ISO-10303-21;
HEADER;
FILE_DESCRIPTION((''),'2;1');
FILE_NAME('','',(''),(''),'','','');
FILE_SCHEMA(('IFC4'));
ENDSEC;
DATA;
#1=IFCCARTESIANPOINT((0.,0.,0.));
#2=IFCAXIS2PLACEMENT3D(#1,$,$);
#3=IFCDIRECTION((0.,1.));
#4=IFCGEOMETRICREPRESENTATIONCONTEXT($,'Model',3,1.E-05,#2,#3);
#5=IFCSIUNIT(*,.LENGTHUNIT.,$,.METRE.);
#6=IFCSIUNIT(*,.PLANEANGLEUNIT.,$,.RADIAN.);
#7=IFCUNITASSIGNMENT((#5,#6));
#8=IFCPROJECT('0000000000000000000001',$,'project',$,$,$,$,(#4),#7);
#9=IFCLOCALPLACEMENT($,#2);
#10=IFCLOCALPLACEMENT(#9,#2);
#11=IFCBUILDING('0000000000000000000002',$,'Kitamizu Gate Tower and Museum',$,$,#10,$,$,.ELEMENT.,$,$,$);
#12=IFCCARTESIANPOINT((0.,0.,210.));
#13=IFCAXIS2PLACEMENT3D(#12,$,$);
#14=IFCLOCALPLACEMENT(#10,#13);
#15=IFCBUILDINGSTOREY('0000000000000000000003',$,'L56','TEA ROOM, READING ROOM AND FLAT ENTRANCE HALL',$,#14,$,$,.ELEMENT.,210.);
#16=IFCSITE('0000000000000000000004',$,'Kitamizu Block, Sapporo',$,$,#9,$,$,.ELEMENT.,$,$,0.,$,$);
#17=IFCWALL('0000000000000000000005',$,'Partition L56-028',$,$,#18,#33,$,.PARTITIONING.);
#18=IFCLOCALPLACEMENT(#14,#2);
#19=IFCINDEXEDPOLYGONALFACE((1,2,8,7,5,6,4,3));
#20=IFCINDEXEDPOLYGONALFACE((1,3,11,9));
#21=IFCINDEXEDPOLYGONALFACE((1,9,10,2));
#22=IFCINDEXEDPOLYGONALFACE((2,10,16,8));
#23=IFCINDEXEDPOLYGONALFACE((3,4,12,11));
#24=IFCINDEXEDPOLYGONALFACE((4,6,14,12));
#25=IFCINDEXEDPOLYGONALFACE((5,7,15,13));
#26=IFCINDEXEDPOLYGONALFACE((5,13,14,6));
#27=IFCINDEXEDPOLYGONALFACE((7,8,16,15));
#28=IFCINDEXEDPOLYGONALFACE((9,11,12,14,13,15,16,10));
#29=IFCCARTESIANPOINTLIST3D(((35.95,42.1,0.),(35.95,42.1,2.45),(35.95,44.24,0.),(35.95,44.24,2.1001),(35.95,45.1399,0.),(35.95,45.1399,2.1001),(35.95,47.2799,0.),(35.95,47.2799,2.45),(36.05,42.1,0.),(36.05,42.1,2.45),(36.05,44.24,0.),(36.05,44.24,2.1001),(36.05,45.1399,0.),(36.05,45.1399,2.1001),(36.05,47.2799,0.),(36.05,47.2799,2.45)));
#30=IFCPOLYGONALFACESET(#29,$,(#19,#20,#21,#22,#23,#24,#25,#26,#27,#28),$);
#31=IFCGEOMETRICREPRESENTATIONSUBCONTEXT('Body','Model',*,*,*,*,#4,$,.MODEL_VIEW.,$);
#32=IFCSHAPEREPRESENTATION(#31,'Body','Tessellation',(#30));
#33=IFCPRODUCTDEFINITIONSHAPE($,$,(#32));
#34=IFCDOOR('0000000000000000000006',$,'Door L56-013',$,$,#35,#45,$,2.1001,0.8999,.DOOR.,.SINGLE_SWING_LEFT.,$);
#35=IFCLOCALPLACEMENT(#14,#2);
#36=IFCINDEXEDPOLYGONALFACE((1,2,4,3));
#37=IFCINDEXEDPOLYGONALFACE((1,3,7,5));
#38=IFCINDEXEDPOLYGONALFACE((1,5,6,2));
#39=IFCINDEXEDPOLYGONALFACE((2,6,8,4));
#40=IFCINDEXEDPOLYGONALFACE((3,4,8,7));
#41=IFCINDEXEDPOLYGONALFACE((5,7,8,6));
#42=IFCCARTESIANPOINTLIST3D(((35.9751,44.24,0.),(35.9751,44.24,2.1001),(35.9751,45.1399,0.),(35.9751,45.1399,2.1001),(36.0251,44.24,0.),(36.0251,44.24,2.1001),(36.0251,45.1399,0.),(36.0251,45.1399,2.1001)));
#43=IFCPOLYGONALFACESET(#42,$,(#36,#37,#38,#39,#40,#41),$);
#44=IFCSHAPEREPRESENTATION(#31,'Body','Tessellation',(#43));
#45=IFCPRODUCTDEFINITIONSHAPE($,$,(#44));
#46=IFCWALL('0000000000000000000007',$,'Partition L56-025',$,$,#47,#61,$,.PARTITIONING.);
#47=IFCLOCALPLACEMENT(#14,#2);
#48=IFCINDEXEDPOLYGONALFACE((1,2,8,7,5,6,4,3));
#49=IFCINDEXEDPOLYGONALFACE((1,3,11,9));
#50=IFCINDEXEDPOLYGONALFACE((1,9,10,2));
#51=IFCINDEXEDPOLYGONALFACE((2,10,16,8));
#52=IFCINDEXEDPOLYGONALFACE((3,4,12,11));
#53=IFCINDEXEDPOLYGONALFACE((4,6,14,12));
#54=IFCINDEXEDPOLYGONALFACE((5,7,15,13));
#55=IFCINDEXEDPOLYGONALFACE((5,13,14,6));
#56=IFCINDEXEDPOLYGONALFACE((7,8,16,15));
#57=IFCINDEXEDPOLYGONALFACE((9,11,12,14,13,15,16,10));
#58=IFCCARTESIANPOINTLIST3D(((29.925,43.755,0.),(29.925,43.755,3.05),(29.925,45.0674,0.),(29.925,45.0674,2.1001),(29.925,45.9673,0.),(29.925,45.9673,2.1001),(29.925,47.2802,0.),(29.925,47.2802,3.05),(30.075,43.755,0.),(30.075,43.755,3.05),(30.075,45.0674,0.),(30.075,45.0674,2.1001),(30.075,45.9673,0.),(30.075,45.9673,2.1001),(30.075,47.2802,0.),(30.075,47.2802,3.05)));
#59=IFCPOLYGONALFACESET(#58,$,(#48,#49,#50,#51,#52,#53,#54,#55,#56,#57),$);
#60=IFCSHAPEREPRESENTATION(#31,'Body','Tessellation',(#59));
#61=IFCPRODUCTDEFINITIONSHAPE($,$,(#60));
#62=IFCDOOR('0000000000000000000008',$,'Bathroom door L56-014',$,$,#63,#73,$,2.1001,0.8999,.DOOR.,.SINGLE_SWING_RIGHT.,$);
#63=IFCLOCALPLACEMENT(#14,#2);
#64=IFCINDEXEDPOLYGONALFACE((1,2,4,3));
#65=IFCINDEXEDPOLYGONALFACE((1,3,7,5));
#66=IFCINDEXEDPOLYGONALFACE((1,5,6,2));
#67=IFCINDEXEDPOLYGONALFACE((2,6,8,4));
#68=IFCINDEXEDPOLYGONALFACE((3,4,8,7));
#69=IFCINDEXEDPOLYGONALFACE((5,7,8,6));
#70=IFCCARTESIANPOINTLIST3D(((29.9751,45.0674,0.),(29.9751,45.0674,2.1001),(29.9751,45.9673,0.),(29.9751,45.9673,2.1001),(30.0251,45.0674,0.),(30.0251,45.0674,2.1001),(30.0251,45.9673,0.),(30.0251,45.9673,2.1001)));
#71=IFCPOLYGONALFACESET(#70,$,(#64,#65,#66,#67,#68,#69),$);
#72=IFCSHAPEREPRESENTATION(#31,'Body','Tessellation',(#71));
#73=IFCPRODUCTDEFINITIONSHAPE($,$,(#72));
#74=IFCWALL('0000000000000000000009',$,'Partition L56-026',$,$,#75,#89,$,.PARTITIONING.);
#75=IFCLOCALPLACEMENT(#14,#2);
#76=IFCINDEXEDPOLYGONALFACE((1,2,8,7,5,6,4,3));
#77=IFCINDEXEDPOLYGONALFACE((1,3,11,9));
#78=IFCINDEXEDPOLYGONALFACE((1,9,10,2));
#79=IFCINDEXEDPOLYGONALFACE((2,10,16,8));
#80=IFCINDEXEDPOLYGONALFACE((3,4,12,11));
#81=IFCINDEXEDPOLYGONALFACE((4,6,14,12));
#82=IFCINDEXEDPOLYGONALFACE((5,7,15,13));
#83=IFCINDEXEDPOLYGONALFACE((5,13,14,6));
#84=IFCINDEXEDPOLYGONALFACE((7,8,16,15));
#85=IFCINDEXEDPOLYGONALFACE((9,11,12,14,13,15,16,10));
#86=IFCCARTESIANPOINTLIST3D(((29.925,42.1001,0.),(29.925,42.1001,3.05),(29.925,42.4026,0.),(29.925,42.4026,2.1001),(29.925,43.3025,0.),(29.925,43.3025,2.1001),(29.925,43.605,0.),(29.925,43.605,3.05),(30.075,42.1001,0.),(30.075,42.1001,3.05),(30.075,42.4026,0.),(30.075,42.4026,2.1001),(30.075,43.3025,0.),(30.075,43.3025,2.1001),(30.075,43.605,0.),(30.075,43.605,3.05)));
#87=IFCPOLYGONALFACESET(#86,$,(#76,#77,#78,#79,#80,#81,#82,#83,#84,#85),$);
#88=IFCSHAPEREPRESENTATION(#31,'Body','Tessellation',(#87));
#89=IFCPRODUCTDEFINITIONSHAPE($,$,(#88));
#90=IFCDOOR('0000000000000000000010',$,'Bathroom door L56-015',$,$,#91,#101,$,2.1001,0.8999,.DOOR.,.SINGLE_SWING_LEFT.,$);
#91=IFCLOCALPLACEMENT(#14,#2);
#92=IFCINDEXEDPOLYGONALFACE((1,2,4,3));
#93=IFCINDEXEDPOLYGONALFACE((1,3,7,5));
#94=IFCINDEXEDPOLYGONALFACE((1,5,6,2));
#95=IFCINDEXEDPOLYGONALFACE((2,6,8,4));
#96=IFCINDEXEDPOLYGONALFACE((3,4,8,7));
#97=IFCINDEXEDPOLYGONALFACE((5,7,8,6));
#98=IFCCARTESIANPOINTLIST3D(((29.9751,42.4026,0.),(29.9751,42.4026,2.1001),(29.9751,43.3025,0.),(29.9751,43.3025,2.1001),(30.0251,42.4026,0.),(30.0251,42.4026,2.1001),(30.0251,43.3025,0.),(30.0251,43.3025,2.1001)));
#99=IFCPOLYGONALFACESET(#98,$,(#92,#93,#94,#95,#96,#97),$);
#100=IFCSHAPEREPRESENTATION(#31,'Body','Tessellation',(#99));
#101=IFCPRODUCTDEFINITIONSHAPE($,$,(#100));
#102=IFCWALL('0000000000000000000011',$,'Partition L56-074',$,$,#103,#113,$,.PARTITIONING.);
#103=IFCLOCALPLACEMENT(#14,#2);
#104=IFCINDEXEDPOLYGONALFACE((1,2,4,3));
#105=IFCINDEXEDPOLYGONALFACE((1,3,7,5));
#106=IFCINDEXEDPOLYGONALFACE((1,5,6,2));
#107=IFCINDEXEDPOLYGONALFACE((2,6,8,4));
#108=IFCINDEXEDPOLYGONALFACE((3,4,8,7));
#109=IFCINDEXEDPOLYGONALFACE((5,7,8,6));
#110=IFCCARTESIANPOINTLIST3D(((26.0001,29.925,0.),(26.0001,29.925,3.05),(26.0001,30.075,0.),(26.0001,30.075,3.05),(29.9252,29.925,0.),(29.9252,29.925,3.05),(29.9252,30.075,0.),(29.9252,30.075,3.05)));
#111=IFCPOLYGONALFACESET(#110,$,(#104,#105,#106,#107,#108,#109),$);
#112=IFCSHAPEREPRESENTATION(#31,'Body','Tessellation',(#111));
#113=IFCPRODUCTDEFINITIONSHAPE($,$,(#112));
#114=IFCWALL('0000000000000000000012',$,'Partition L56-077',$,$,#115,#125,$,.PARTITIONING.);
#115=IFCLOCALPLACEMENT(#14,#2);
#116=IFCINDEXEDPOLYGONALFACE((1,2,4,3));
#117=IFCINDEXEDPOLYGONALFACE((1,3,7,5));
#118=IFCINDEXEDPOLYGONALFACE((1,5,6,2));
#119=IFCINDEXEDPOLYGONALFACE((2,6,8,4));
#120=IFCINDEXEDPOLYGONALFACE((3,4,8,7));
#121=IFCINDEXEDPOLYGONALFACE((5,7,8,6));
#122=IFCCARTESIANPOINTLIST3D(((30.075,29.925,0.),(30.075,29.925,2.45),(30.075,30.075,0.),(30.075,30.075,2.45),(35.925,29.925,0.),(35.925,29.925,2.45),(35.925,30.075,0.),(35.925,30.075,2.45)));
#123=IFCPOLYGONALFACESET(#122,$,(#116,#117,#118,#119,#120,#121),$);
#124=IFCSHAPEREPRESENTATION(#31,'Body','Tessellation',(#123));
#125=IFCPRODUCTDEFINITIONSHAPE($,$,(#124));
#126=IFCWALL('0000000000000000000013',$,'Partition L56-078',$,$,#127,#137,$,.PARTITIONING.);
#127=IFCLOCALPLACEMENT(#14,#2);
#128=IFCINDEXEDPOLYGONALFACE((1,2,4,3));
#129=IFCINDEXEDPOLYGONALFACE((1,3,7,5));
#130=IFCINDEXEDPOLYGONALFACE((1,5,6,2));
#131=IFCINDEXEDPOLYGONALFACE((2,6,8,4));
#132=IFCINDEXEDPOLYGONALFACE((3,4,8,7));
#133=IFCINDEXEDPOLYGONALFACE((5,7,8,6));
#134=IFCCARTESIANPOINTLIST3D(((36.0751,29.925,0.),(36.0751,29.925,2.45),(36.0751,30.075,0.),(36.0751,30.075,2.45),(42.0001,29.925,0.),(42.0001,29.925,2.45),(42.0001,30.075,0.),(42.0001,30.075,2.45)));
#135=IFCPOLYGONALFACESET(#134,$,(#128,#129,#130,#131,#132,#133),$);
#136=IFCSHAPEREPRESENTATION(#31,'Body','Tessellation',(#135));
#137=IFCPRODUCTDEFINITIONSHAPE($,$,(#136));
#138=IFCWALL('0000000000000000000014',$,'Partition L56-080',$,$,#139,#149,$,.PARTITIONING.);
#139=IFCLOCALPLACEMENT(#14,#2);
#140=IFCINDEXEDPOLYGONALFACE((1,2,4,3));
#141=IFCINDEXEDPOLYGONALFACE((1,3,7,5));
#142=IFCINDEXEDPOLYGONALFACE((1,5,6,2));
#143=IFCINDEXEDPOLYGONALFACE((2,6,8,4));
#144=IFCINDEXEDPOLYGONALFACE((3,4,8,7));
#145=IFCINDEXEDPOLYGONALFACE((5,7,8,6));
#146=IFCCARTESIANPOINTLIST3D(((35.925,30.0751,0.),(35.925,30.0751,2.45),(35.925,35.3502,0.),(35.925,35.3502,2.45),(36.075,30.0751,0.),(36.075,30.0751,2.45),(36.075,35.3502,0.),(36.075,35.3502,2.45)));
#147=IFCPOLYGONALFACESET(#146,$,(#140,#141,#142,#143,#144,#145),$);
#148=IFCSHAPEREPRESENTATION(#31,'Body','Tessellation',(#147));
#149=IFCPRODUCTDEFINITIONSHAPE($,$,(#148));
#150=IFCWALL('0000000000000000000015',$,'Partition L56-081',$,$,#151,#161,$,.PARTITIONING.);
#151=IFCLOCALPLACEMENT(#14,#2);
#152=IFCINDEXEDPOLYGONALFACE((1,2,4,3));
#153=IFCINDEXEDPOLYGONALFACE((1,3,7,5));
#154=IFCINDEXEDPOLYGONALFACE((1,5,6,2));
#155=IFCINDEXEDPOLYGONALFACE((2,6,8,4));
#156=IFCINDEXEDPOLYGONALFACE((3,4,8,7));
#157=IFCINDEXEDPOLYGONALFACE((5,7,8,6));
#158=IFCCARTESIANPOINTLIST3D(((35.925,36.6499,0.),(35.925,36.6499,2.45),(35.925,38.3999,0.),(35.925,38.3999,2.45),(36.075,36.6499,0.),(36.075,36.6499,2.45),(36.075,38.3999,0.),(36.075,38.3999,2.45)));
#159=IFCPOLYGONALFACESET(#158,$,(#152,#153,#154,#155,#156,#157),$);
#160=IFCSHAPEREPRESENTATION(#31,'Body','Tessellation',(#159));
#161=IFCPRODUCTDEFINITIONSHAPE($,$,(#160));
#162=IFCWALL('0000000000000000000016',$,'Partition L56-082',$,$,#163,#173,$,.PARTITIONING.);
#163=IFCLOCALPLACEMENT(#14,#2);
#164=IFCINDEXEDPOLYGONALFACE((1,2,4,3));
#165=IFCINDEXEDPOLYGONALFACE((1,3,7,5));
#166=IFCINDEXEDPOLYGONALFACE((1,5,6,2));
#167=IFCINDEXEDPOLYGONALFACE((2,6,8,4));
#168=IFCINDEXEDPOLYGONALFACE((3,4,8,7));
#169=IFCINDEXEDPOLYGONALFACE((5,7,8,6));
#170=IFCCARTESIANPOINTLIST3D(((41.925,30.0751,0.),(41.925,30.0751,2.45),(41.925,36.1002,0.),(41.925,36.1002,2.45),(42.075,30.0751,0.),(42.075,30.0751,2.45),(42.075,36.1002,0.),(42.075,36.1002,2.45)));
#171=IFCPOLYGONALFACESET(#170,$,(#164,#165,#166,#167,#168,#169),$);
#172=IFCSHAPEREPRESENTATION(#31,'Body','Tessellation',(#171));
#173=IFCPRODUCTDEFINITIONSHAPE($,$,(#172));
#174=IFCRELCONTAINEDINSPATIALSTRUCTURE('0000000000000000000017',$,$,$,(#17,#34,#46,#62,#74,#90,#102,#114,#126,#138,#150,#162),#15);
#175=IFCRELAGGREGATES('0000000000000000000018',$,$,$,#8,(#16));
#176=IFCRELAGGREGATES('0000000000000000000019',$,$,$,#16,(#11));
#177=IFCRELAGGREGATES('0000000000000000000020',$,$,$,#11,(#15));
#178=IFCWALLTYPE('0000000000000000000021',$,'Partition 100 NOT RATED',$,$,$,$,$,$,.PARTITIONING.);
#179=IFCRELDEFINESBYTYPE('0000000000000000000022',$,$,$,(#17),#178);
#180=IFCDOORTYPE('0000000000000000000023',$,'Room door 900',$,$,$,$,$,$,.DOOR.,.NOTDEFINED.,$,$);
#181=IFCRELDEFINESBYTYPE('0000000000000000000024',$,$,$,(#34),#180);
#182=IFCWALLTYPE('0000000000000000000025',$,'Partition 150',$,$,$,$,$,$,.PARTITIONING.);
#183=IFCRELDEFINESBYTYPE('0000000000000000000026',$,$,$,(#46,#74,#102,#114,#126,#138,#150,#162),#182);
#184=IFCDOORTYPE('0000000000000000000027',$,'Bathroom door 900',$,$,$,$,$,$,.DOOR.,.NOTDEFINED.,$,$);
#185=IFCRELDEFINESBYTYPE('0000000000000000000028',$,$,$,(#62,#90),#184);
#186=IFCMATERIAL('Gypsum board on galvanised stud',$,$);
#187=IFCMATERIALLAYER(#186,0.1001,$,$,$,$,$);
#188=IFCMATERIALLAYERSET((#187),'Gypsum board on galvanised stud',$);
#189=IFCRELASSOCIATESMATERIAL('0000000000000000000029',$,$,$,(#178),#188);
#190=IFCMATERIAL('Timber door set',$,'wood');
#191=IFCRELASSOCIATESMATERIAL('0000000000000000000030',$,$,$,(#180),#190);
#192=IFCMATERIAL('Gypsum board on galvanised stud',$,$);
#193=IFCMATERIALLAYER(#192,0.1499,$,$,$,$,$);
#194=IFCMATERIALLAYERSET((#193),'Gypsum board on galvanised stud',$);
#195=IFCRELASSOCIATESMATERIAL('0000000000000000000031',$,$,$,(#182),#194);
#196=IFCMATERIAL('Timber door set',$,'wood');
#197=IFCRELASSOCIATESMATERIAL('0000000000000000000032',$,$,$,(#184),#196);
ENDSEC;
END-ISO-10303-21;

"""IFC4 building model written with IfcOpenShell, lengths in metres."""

from ifc_helpers import new_model, si_unit, direction, frame, frame_2d, origin, place, context, subcontext, project, spatial, rectangle, extrude, material, layer, layer_set, type_object, element, fill, save


model = new_model("IFC4")

# Units and contexts
model_context = context("Model", 3, precision=1e-05, world=origin(), true_north=direction((0.0, 1.0)))
body_context = subcontext(model_context, "Body", "Model", "MODEL_VIEW")
ifc_project = project(units=[si_unit("LENGTHUNIT", "METRE"), si_unit("PLANEANGLEUNIT", "RADIAN")], contexts=[model_context])

# Site, building, storey
site_placement = place(None, origin())
site = spatial("IfcSite", under=ifc_project, at=site_placement, Name="Kitamizu Block, Sapporo", CompositionType="ELEMENT", RefElevation=0.0)
building_placement = place(site_placement, origin())
building = spatial("IfcBuilding", under=site, at=building_placement, Name="Kitamizu Gate Tower and Museum", CompositionType="ELEMENT")
storey_placement = place(building_placement, frame((0.0, 0.0, 210.0)))
storey = spatial("IfcBuildingStorey", under=building, at=storey_placement, Name="L56", Description="TEA ROOM, READING ROOM AND FLAT ENTRANCE HALL", CompositionType="ELEMENT", Elevation=210.0)

# Walls, openings, doors
ifc_material_1 = material(Name="Gypsum board on galvanised stud")
ifc_layer_1 = layer(ifc_material_1, 0.1001)
ifc_layer_set_1 = layer_set([ifc_layer_1], Name="Gypsum board on galvanised stud")
wall_type_1 = type_object("IfcWallType", Name="Partition 100 NOT RATED", PredefinedType="PARTITIONING", material=ifc_layer_set_1)
wall_1_placement = place(storey_placement, frame((36.0, 42.1001, 0.0), z_axis=(0.0, 0.0, 1.0), x_axis=(0.0, 1.0, 0.0)))
wall_1 = element("IfcWall", 1, at=wall_1_placement, inside=storey, type_object=wall_type_1, Name="Partition L56-028", PredefinedType="PARTITIONING", context=body_context, shape_type="SweptSolid", body=[
    extrude(rectangle(XDim=5.1799, YDim=0.1001, at=frame_2d((2.5898, 0.0))), origin(), (0.0, 0.0, 1.0), 2.45),
])
opening_1_placement = place(wall_1_placement, frame((2.1399, 0.0, 0.0)))
opening_1 = element("IfcOpeningElement", 2, at=opening_1_placement, cuts=wall_1, PredefinedType="OPENING", context=body_context, shape_type="SweptSolid", body=[
    extrude(rectangle(XDim=0.8999, YDim=2.1001, at=frame_2d((0.45, 1.05))), frame((0.0, 0.0601, 0.0), z_axis=(0.0, -1.0, 0.0), x_axis=(1.0, 0.0, 0.0)), (0.0, 0.0, 1.0), 0.1201),
])
ifc_material_2 = material(Name="Timber door set", Category="wood")
door_type_1 = type_object("IfcDoorType", Name="Room door 900", OperationType="NOTDEFINED", PredefinedType="DOOR", material=ifc_material_2)
door_1_placement = place(opening_1_placement, origin())
door_1 = element("IfcDoor", 3, at=door_1_placement, inside=storey, type_object=door_type_1, Name="Door L56-013", OperationType="SINGLE_SWING_LEFT", OverallHeight=2.1001, OverallWidth=0.8999, PredefinedType="DOOR", context=body_context, shape_type="SweptSolid", body=[
    extrude(rectangle(XDim=0.8999, YDim=2.1001, at=frame_2d((0.45, 1.05))), frame((0.0, 0.0249, 0.0), z_axis=(0.0, -1.0, 0.0), x_axis=(1.0, 0.0, 0.0)), (0.0, 0.0, 1.0), 0.05),
])
fill(opening_1, door_1)
ifc_material_3 = material(Name="Gypsum board on galvanised stud")
ifc_layer_2 = layer(ifc_material_3, 0.1499)
ifc_layer_set_2 = layer_set([ifc_layer_2], Name="Gypsum board on galvanised stud")
wall_type_2 = type_object("IfcWallType", Name="Partition 150", PredefinedType="PARTITIONING", material=ifc_layer_set_2)
wall_2_placement = place(storey_placement, frame((30.0, 43.7549, 0.0), z_axis=(0.0, 0.0, 1.0), x_axis=(0.0, 1.0, 0.0)))
wall_2 = element("IfcWall", 4, at=wall_2_placement, inside=storey, type_object=wall_type_2, Name="Partition L56-025", PredefinedType="PARTITIONING", context=body_context, shape_type="SweptSolid", body=[
    extrude(rectangle(XDim=3.5251, YDim=0.1499, at=frame_2d((1.7627, 0.0))), origin(), (0.0, 0.0, 1.0), 3.05),
])
opening_2_placement = place(wall_2_placement, frame((1.3125, 0.0, 0.0)))
opening_2 = element("IfcOpeningElement", 5, at=opening_2_placement, cuts=wall_2, PredefinedType="OPENING", context=body_context, shape_type="SweptSolid", body=[
    extrude(rectangle(XDim=0.8999, YDim=2.1001, at=frame_2d((0.45, 1.05))), frame((0.0, 0.085, 0.0), z_axis=(0.0, -1.0, 0.0), x_axis=(1.0, 0.0, 0.0)), (0.0, 0.0, 1.0), 0.1699),
])
ifc_material_4 = material(Name="Timber door set", Category="wood")
door_type_2 = type_object("IfcDoorType", Name="Bathroom door 900", OperationType="NOTDEFINED", PredefinedType="DOOR", material=ifc_material_4)
door_2_placement = place(opening_2_placement, origin())
door_2 = element("IfcDoor", 6, at=door_2_placement, inside=storey, type_object=door_type_2, Name="Bathroom door L56-014", OperationType="SINGLE_SWING_RIGHT", OverallHeight=2.1001, OverallWidth=0.8999, PredefinedType="DOOR", context=body_context, shape_type="SweptSolid", body=[
    extrude(rectangle(XDim=0.8999, YDim=2.1001, at=frame_2d((0.45, 1.05))), frame((0.0, 0.0249, 0.0), z_axis=(0.0, -1.0, 0.0), x_axis=(1.0, 0.0, 0.0)), (0.0, 0.0, 1.0), 0.05),
])
fill(opening_2, door_2)
wall_3_placement = place(storey_placement, frame((30.0, 42.1001, 0.0), z_axis=(0.0, 0.0, 1.0), x_axis=(0.0, 1.0, 0.0)))
wall_3 = element("IfcWall", 7, at=wall_3_placement, inside=storey, type_object=wall_type_2, Name="Partition L56-026", PredefinedType="PARTITIONING", context=body_context, shape_type="SweptSolid", body=[
    extrude(rectangle(XDim=1.5049, YDim=0.1499, at=frame_2d((0.7524, 0.0))), origin(), (0.0, 0.0, 1.0), 3.05),
])
opening_3_placement = place(wall_3_placement, frame((0.3025, 0.0, 0.0)))
opening_3 = element("IfcOpeningElement", 8, at=opening_3_placement, cuts=wall_3, PredefinedType="OPENING", context=body_context, shape_type="SweptSolid", body=[
    extrude(rectangle(XDim=0.8999, YDim=2.1001, at=frame_2d((0.45, 1.05))), frame((0.0, 0.085, 0.0), z_axis=(0.0, -1.0, 0.0), x_axis=(1.0, 0.0, 0.0)), (0.0, 0.0, 1.0), 0.1699),
])
door_3_placement = place(opening_3_placement, origin())
door_3 = element("IfcDoor", 9, at=door_3_placement, inside=storey, type_object=door_type_2, Name="Bathroom door L56-015", OperationType="SINGLE_SWING_LEFT", OverallHeight=2.1001, OverallWidth=0.8999, PredefinedType="DOOR", context=body_context, shape_type="SweptSolid", body=[
    extrude(rectangle(XDim=0.8999, YDim=2.1001, at=frame_2d((0.45, 1.05))), frame((0.0, 0.0249, 0.0), z_axis=(0.0, -1.0, 0.0), x_axis=(1.0, 0.0, 0.0)), (0.0, 0.0, 1.0), 0.05),
])
fill(opening_3, door_3)

# Walls
wall_4_placement = place(storey_placement, frame((29.925, 30.0, 0.0), z_axis=(0.0, 0.0, 1.0), x_axis=(-1.0, 0.0, 0.0)))
element("IfcWall", 10, at=wall_4_placement, inside=storey, type_object=wall_type_2, Name="Partition L56-074", PredefinedType="PARTITIONING", context=body_context, shape_type="SweptSolid", body=[
    extrude(rectangle(XDim=3.925, YDim=0.1499, at=frame_2d((1.9624, 0.0))), origin(), (0.0, 0.0, 1.0), 3.05),
])
wall_5_placement = place(storey_placement, frame((35.925, 30.0, 0.0), z_axis=(0.0, 0.0, 1.0), x_axis=(-1.0, 0.0, 0.0)))
element("IfcWall", 11, at=wall_5_placement, inside=storey, type_object=wall_type_2, Name="Partition L56-077", PredefinedType="PARTITIONING", context=body_context, shape_type="SweptSolid", body=[
    extrude(rectangle(XDim=5.8501, YDim=0.1499, at=frame_2d((2.925, 0.0))), origin(), (0.0, 0.0, 1.0), 2.45),
])
wall_6_placement = place(storey_placement, frame((42.0, 30.0, 0.0), z_axis=(0.0, 0.0, 1.0), x_axis=(-1.0, 0.0, 0.0)))
element("IfcWall", 12, at=wall_6_placement, inside=storey, type_object=wall_type_2, Name="Partition L56-078", PredefinedType="PARTITIONING", context=body_context, shape_type="SweptSolid", body=[
    extrude(rectangle(XDim=5.925, YDim=0.1499, at=frame_2d((2.9624, 0.0))), origin(), (0.0, 0.0, 1.0), 2.45),
])
wall_7_placement = place(storey_placement, frame((36.0, 30.075, 0.0), z_axis=(0.0, 0.0, 1.0), x_axis=(0.0, 1.0, 0.0)))
element("IfcWall", 13, at=wall_7_placement, inside=storey, type_object=wall_type_2, Name="Partition L56-080", PredefinedType="PARTITIONING", context=body_context, shape_type="SweptSolid", body=[
    extrude(rectangle(XDim=5.2751, YDim=0.1499, at=frame_2d((2.6377, 0.0))), origin(), (0.0, 0.0, 1.0), 2.45),
])
wall_8_placement = place(storey_placement, frame((36.0, 36.6499, 0.0), z_axis=(0.0, 0.0, 1.0), x_axis=(0.0, 1.0, 0.0)))
element("IfcWall", 14, at=wall_8_placement, inside=storey, type_object=wall_type_2, Name="Partition L56-081", PredefinedType="PARTITIONING", context=body_context, shape_type="SweptSolid", body=[
    extrude(rectangle(XDim=1.75, YDim=0.1499, at=frame_2d((0.875, 0.0))), origin(), (0.0, 0.0, 1.0), 2.45),
])
wall_9_placement = place(storey_placement, frame((42.0, 30.075, 0.0), z_axis=(0.0, 0.0, 1.0), x_axis=(0.0, 1.0, 0.0)))
element("IfcWall", 15, at=wall_9_placement, inside=storey, type_object=wall_type_2, Name="Partition L56-082", PredefinedType="PARTITIONING", context=body_context, shape_type="SweptSolid", body=[
    extrude(rectangle(XDim=6.0251, YDim=0.1499, at=frame_2d((3.0127, 0.0))), origin(), (0.0, 0.0, 1.0), 2.45),
])

save(model, "model.ifc")
